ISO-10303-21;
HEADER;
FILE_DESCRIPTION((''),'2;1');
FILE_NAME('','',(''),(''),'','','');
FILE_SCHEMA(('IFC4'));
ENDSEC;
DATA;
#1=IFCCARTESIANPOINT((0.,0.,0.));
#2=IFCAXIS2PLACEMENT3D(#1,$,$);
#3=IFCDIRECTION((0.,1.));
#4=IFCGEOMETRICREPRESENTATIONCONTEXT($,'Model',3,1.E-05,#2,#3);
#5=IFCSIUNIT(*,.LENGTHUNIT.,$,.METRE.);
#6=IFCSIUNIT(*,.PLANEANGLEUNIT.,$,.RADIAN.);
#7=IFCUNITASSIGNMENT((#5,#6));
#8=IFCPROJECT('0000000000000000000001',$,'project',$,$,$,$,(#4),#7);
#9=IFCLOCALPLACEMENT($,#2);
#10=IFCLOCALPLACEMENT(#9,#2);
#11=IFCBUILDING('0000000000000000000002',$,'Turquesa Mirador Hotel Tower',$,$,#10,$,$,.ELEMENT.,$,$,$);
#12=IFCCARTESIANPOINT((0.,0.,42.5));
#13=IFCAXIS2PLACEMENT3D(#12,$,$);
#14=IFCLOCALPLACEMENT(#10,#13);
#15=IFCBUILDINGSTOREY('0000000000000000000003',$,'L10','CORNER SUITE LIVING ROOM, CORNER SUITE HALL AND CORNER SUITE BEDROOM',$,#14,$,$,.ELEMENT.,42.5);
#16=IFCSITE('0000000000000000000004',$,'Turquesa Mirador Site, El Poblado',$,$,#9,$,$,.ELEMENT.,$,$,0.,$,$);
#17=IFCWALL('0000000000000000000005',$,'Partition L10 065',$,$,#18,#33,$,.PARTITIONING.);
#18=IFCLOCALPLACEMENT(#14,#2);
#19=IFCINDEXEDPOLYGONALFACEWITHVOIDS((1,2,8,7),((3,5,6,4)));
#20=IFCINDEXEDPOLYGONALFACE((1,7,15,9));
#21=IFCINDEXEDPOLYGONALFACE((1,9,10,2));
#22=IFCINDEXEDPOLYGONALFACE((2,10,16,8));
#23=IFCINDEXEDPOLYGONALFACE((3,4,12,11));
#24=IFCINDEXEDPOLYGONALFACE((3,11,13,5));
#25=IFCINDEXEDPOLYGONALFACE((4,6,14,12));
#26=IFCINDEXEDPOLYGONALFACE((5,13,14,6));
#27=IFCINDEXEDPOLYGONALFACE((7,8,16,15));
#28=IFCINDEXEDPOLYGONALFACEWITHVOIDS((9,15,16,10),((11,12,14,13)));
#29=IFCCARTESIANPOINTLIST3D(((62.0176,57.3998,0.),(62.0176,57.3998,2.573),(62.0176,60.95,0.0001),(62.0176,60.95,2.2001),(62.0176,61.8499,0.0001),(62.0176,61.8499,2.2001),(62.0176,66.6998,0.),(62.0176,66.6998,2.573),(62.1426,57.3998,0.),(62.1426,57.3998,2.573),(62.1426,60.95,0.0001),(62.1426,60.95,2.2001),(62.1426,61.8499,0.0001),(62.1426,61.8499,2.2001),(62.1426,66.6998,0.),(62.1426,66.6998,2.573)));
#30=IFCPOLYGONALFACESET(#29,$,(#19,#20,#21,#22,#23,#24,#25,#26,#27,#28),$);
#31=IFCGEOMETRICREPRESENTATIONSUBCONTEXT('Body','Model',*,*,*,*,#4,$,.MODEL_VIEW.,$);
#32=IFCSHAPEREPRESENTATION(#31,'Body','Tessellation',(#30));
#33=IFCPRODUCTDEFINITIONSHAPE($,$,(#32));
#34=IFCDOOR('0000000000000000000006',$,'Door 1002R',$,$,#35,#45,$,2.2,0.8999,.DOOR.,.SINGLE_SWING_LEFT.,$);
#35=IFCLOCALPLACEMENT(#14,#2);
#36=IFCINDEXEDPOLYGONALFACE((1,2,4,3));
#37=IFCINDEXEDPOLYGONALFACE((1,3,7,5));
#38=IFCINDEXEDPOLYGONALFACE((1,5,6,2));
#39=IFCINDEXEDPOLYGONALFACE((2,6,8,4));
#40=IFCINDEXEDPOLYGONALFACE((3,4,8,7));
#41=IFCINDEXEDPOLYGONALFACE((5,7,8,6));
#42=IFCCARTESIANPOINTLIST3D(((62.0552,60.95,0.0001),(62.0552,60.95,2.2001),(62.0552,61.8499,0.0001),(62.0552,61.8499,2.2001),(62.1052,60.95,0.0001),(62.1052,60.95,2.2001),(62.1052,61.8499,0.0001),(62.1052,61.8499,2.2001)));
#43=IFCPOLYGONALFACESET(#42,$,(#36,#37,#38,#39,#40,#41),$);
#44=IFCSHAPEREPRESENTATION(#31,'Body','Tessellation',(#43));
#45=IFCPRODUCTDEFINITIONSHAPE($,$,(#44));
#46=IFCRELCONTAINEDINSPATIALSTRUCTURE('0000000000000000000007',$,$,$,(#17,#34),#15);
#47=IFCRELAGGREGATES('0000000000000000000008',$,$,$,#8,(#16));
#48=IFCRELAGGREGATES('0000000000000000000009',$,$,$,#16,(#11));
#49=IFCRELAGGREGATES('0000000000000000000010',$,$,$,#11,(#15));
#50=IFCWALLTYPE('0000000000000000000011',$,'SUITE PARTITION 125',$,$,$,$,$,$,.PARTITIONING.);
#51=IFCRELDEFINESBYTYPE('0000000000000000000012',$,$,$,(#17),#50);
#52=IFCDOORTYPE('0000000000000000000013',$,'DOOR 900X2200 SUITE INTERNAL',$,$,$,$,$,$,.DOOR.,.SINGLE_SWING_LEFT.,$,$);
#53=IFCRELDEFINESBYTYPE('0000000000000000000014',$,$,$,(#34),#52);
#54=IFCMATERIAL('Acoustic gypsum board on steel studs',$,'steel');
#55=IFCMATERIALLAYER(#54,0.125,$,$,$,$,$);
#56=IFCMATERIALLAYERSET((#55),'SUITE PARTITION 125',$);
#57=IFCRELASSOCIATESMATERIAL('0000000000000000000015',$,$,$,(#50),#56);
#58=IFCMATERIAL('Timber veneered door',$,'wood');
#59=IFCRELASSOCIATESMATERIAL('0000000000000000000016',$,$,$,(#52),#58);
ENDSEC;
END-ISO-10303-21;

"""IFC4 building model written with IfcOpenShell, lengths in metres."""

from ifc_helpers import new_model, si_unit, direction, frame, frame_2d, origin, place, context, subcontext, project, spatial, rectangle, extrude, material, layer, layer_set, type_object, element, fill, save


model = new_model("IFC4")

# Units and contexts
model_context = context("Model", 3, precision=1e-05, world=origin(), true_north=direction((0.0, 1.0)))
body_context = subcontext(model_context, "Body", "Model", "MODEL_VIEW")
ifc_project = project(units=[si_unit("LENGTHUNIT", "METRE"), si_unit("PLANEANGLEUNIT", "RADIAN")], contexts=[model_context])

# Site, building, storey
site_placement = place(None, origin())
site = spatial("IfcSite", under=ifc_project, at=site_placement, Name="Turquesa Mirador Site, El Poblado", CompositionType="ELEMENT", RefElevation=0.0)
building_placement = place(site_placement, origin())
building = spatial("IfcBuilding", under=site, at=building_placement, Name="Turquesa Mirador Hotel Tower", CompositionType="ELEMENT")
storey_placement = place(building_placement, frame((0.0, 0.0, 42.5)))
storey = spatial("IfcBuildingStorey", under=building, at=storey_placement, Name="L10", Description="CORNER SUITE LIVING ROOM, CORNER SUITE HALL AND CORNER SUITE BEDROOM", CompositionType="ELEMENT", Elevation=42.5)

# Wall, opening, door
ifc_material_1 = material(Name="Acoustic gypsum board on steel studs", Category="steel")
ifc_layer_1 = layer(ifc_material_1, 0.125)
ifc_layer_set_1 = layer_set([ifc_layer_1], Name="SUITE PARTITION 125")
wall_type_1 = type_object("IfcWallType", Name="SUITE PARTITION 125", PredefinedType="PARTITIONING", material=ifc_layer_set_1)
wall_1_placement = place(storey_placement, frame((62.0801, 57.3999, 0.0), z_axis=(0.0, 0.0, 1.0), x_axis=(0.0, 1.0, 0.0)))
wall_1 = element("IfcWall", 1, at=wall_1_placement, inside=storey, type_object=wall_type_1, Name="Partition L10 065", PredefinedType="PARTITIONING", context=body_context, shape_type="SweptSolid", body=[
    extrude(rectangle(XDim=9.3, YDim=0.125, at=frame_2d((4.6499, 0.0))), origin(), (0.0, 0.0, 1.0), 2.573),
])
opening_1_placement = place(wall_1_placement, frame((3.55, 0.0, 0.0)))
opening_1 = element("IfcOpeningElement", 2, at=opening_1_placement, cuts=wall_1, PredefinedType="OPENING", context=body_context, shape_type="SweptSolid", body=[
    extrude(rectangle(XDim=0.8999, YDim=2.2, at=frame_2d((0.45, 1.1001))), frame((0.0, 0.0725, 0.0), z_axis=(0.0, -1.0, 0.0), x_axis=(1.0, 0.0, 0.0)), (0.0, 0.0, 1.0), 0.145),
])
ifc_material_2 = material(Name="Timber veneered door", Category="wood")
door_type_1 = type_object("IfcDoorType", Name="DOOR 900X2200 SUITE INTERNAL", OperationType="SINGLE_SWING_LEFT", PredefinedType="DOOR", material=ifc_material_2)
door_1_placement = place(opening_1_placement, origin())
door_1 = element("IfcDoor", 3, at=door_1_placement, inside=storey, type_object=door_type_1, Name="Door 1002R", OperationType="SINGLE_SWING_LEFT", OverallHeight=2.2, OverallWidth=0.8999, PredefinedType="DOOR", context=body_context, shape_type="SweptSolid", body=[
    extrude(rectangle(XDim=0.8999, YDim=2.2, at=frame_2d((0.45, 1.1001))), frame((0.0, 0.0249, 0.0), z_axis=(0.0, -1.0, 0.0), x_axis=(1.0, 0.0, 0.0)), (0.0, 0.0, 1.0), 0.05),
])
fill(opening_1, door_1)

save(model, "model.ifc")
